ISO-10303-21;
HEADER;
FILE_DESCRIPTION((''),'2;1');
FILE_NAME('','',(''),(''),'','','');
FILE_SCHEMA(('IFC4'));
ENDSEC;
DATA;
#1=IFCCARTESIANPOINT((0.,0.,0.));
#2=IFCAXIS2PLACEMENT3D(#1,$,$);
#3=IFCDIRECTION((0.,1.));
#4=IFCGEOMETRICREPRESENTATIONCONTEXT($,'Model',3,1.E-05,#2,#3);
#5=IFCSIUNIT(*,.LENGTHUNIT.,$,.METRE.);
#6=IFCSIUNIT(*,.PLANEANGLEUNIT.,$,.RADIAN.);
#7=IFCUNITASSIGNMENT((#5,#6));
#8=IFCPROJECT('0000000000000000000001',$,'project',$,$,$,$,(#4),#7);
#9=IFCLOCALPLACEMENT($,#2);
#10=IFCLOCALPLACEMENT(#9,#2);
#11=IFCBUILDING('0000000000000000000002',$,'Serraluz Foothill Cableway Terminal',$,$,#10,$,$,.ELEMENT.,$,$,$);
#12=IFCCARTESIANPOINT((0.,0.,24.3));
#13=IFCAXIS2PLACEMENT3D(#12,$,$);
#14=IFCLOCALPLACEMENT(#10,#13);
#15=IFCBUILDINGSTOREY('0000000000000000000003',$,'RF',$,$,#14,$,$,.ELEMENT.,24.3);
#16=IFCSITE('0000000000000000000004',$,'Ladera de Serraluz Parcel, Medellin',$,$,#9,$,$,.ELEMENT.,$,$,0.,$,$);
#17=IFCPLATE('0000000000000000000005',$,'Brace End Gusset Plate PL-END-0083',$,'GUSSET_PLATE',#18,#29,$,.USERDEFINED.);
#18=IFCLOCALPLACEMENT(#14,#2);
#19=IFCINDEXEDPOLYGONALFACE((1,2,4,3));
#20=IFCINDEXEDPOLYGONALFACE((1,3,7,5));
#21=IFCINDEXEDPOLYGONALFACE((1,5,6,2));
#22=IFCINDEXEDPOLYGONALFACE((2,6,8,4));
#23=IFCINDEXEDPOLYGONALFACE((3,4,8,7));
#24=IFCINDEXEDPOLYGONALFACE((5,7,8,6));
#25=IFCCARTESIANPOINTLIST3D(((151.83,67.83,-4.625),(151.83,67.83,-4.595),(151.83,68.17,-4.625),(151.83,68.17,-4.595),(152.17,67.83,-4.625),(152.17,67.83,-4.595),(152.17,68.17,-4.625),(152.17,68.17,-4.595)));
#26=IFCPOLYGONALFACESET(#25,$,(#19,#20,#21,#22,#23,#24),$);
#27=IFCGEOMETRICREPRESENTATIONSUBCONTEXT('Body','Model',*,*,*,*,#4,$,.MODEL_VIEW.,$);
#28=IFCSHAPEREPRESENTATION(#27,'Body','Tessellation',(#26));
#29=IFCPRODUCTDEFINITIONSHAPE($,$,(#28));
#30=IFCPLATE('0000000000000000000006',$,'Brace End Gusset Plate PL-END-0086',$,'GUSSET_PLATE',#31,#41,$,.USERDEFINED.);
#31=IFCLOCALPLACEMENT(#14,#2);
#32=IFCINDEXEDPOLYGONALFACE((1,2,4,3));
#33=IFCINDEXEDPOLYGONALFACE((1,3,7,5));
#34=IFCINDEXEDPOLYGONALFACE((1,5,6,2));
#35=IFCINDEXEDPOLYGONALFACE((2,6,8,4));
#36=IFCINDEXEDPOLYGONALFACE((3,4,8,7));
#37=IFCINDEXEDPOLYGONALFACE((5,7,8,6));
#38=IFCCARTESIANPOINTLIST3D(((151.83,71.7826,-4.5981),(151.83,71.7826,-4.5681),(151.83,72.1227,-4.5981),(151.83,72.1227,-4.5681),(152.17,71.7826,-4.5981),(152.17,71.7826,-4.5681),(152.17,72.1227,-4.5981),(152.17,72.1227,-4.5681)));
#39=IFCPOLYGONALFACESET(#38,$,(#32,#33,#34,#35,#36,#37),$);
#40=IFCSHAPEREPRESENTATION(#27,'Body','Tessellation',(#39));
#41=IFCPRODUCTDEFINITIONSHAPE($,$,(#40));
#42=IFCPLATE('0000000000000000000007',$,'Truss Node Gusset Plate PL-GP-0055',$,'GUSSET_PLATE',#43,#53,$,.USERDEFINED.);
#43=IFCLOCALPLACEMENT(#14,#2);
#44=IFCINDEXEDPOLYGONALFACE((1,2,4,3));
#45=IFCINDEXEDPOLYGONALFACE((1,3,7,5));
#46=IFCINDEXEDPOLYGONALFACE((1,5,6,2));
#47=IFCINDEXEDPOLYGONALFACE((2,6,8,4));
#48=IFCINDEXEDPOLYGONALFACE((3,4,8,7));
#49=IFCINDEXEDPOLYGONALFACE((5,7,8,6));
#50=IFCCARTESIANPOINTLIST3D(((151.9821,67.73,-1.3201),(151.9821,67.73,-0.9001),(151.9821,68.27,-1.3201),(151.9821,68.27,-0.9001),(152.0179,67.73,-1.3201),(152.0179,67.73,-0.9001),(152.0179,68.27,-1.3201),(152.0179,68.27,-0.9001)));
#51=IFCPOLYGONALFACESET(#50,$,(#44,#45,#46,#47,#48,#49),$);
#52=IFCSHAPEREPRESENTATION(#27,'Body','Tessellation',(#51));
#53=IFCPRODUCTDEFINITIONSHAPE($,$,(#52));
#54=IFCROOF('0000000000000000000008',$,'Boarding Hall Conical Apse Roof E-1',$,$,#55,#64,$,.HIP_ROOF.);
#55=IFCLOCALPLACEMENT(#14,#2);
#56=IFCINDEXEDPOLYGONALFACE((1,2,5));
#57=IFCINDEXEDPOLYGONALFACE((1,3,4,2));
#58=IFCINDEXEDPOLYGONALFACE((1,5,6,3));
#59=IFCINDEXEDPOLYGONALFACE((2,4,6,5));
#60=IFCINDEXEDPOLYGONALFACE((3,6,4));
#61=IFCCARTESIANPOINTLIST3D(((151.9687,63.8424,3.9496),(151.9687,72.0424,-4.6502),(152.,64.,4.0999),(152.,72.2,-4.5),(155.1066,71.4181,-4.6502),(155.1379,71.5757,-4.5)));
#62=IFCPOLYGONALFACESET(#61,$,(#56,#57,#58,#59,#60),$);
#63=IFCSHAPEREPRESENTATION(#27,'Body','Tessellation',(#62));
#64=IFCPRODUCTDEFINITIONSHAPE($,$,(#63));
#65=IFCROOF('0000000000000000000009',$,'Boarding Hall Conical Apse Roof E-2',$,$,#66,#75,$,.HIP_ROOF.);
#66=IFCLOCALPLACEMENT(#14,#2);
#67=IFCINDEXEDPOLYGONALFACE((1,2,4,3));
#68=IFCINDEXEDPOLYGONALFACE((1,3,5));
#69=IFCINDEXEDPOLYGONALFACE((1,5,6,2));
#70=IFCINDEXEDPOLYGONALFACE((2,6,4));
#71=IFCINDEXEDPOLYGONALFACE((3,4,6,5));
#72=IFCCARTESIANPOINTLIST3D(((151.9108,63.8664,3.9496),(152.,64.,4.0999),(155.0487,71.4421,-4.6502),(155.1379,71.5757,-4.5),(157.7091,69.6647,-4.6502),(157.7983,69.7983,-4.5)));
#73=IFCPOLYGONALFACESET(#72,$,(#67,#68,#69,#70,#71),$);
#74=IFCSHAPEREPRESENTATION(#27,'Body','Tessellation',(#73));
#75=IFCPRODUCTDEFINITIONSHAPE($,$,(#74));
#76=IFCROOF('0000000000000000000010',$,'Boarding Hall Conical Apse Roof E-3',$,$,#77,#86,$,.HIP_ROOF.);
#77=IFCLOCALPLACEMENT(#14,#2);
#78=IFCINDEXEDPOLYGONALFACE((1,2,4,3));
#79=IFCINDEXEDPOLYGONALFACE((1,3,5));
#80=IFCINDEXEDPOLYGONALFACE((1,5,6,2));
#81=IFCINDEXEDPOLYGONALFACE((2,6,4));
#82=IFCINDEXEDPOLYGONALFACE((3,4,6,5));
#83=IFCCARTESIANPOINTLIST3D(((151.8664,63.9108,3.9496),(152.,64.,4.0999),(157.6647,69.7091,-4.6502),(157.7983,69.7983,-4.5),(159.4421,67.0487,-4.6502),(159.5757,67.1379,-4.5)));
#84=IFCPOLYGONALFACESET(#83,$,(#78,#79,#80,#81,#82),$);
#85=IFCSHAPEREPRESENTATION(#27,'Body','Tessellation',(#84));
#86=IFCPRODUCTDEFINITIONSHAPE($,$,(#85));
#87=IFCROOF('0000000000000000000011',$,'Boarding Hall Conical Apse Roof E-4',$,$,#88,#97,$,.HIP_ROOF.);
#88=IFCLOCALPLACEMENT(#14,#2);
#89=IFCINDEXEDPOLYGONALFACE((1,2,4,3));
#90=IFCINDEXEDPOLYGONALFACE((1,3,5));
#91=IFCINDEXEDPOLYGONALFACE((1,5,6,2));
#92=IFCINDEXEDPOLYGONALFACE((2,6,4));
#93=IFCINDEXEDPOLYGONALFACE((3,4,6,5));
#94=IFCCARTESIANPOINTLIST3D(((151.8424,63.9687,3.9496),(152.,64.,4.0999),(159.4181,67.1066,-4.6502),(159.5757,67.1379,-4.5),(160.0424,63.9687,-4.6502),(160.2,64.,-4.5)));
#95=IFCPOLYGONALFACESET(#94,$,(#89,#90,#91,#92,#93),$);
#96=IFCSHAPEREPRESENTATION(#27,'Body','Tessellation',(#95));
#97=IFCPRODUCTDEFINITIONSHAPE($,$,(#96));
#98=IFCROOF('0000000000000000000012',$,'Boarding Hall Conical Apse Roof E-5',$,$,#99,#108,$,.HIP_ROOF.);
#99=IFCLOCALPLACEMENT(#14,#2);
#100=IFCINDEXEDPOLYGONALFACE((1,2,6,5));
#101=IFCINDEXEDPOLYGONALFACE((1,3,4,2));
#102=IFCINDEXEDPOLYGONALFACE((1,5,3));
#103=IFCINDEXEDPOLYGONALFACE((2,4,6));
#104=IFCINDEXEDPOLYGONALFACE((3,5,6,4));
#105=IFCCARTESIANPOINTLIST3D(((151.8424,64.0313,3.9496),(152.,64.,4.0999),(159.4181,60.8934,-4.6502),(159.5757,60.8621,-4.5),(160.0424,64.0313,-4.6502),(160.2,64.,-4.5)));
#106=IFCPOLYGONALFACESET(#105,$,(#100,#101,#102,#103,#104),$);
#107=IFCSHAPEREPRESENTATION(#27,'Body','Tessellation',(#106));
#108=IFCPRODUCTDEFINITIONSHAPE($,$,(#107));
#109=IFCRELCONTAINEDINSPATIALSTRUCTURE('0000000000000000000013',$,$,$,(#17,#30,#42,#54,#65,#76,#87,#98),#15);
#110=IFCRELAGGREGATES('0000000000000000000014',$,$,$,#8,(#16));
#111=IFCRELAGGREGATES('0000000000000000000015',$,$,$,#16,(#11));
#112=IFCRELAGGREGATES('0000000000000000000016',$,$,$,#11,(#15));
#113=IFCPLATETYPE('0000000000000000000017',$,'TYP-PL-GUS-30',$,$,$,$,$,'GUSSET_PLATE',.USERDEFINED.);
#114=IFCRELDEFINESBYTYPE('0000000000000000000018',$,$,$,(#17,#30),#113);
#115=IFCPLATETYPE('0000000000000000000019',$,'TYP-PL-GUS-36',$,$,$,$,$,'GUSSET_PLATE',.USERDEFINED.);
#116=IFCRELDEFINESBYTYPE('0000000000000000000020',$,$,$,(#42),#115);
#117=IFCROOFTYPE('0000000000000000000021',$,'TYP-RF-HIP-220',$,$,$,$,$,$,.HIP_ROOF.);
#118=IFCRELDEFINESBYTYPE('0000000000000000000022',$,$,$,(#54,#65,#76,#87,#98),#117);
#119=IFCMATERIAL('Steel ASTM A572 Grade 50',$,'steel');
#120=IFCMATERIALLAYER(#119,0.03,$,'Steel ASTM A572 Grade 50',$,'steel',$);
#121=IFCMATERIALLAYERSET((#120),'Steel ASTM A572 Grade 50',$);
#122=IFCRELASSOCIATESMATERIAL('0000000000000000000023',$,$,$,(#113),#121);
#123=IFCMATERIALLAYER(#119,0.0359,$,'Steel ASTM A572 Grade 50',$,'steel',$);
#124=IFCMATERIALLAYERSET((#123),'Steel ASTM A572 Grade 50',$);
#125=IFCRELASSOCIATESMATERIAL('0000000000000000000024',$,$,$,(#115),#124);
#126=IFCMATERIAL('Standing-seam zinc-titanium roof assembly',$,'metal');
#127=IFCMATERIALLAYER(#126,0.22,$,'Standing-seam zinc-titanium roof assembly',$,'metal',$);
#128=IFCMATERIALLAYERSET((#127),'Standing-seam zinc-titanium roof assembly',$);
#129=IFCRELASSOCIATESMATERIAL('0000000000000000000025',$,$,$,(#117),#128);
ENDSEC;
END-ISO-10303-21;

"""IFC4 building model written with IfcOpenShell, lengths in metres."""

from ifc_helpers import new_model, si_unit, direction, frame, origin, origin_2d, place, context, subcontext, project, spatial, polyline, rectangle, outline, extrude, material, layer, layer_set, type_object, element, save


model = new_model("IFC4")

# Units and contexts
model_context = context("Model", 3, precision=1e-05, world=origin(), true_north=direction((0.0, 1.0)))
body_context = subcontext(model_context, "Body", "Model", "MODEL_VIEW")
ifc_project = project(units=[si_unit("LENGTHUNIT", "METRE"), si_unit("PLANEANGLEUNIT", "RADIAN")], contexts=[model_context])

# Site, building, storey
site_placement = place(None, origin())
site = spatial("IfcSite", under=ifc_project, at=site_placement, Name="Ladera de Serraluz Parcel, Medellin", CompositionType="ELEMENT", RefElevation=0.0)
building_placement = place(site_placement, origin())
building = spatial("IfcBuilding", under=site, at=building_placement, Name="Serraluz Foothill Cableway Terminal", CompositionType="ELEMENT")
storey_placement = place(building_placement, frame((0.0, 0.0, 24.3)))
storey = spatial("IfcBuildingStorey", under=building, at=storey_placement, Name="RF", CompositionType="ELEMENT", Elevation=24.3)

# Shared definitions
ifc_material_1 = material(Name="Steel ASTM A572 Grade 50", Category="steel")

# Plates
ifc_layer_1 = layer(ifc_material_1, 0.03, Name="Steel ASTM A572 Grade 50", Category="steel")
ifc_layer_set_1 = layer_set([ifc_layer_1], Name="Steel ASTM A572 Grade 50")
plate_type_1 = type_object("IfcPlateType", Name="TYP-PL-GUS-30", ElementType="GUSSET_PLATE", PredefinedType="USERDEFINED", material=ifc_layer_set_1)
for number, where, z_axis, x_axis, name in (
    (1, (152.0, 68.0, -4.625), (0.0, 0.0, 1.0), (1.0, 0.0, 0.0), "Brace End Gusset Plate PL-END-0083"),
    (2, (152.0, 71.9526, -4.5981), (0.0, 0.0, 1.0), (1.0, 0.0, 0.0), "Brace End Gusset Plate PL-END-0086"),
):
    element("IfcPlate", number, at=place(storey_placement, frame(where, z_axis=z_axis, x_axis=x_axis)), inside=storey, type_object=plate_type_1, Name=name, ObjectType="GUSSET_PLATE", PredefinedType="USERDEFINED", context=body_context, shape_type="SweptSolid", body=[
        extrude(rectangle(XDim=0.3401, YDim=0.3401, at=origin_2d()), origin(), (0.0, 0.0, 1.0), 0.03),
    ])
ifc_layer_2 = layer(ifc_material_1, 0.0359, Name="Steel ASTM A572 Grade 50", Category="steel")
ifc_layer_set_2 = layer_set([ifc_layer_2], Name="Steel ASTM A572 Grade 50")
plate_type_2 = type_object("IfcPlateType", Name="TYP-PL-GUS-36", ElementType="GUSSET_PLATE", PredefinedType="USERDEFINED", material=ifc_layer_set_2)
plate_1_placement = place(storey_placement, frame((152.0, 68.0, -1.3201), z_axis=(0.0, 0.0, 1.0), x_axis=(1.0, 0.0, 0.0)))
element("IfcPlate", 3, at=plate_1_placement, inside=storey, type_object=plate_type_2, Name="Truss Node Gusset Plate PL-GP-0055", ObjectType="GUSSET_PLATE", PredefinedType="USERDEFINED", context=body_context, shape_type="SweptSolid", body=[
    extrude(rectangle(XDim=0.0359, YDim=0.54, at=origin_2d()), origin(), (0.0, 0.0, 1.0), 0.4199),
])

# Roofs
ifc_material_2 = material(Name="Standing-seam zinc-titanium roof assembly", Category="metal")
ifc_layer_3 = layer(ifc_material_2, 0.22, Name="Standing-seam zinc-titanium roof assembly", Category="metal")
ifc_layer_set_3 = layer_set([ifc_layer_3], Name="Standing-seam zinc-titanium roof assembly")
roof_type = type_object("IfcRoofType", Name="TYP-RF-HIP-220", PredefinedType="HIP_ROOF", material=ifc_layer_set_3)
roof_1_placement = place(storey_placement, frame((152.0, 72.2, -4.5), z_axis=(0.142511, 0.716347, 0.683036), x_axis=(0.98078, -0.195118, 0.0)))
element("IfcRoof", 4, at=roof_1_placement, inside=storey, type_object=roof_type, Name="Boarding Hall Conical Apse Roof E-1", PredefinedType="HIP_ROOF", context=body_context, shape_type="SweptSolid", body=[
    extrude(outline(polyline([(0.0, 0.0), (3.1994, 0.0), (1.6, -11.7744), (0.0, 0.0)])), origin(), (0.0, 0.0, -1.0), 0.22),
])
roof_2_placement = place(storey_placement, frame((155.1379, 71.5757, -4.5), z_axis=(0.405735, 0.60732, 0.683039), x_axis=(0.83151, -0.55551, 0.0)))
element("IfcRoof", 5, at=roof_2_placement, inside=storey, type_object=roof_type, Name="Boarding Hall Conical Apse Roof E-2", PredefinedType="HIP_ROOF", context=body_context, shape_type="SweptSolid", body=[
    extrude(outline(polyline([(0.0, 0.0), (3.1995, 0.0), (1.5991, -11.7745), (0.0, 0.0)])), origin(), (0.0, 0.0, -1.0), 0.22),
])
roof_3_placement = place(storey_placement, frame((157.7983, 69.7983, -4.5), z_axis=(0.60732, 0.405735, 0.683039), x_axis=(0.55551, -0.83151, 0.0)))
element("IfcRoof", 6, at=roof_3_placement, inside=storey, type_object=roof_type, Name="Boarding Hall Conical Apse Roof E-3", PredefinedType="HIP_ROOF", context=body_context, shape_type="SweptSolid", body=[
    extrude(outline(polyline([(0.0, 0.0), (3.1995, 0.0), (1.6003, -11.7745), (0.0, 0.0)])), origin(), (0.0, 0.0, -1.0), 0.22),
])
roof_4_placement = place(storey_placement, frame((159.5757, 67.1379, -4.5), z_axis=(0.716347, 0.142511, 0.683036), x_axis=(0.195118, -0.98078, 0.0)))
element("IfcRoof", 7, at=roof_4_placement, inside=storey, type_object=roof_type, Name="Boarding Hall Conical Apse Roof E-4", PredefinedType="HIP_ROOF", context=body_context, shape_type="SweptSolid", body=[
    extrude(outline(polyline([(0.0, 0.0), (3.1994, 0.0), (1.5995, -11.7744), (0.0, 0.0)])), origin(), (0.0, 0.0, -1.0), 0.22),
])
roof_5_placement = place(storey_placement, frame((160.2, 64.0, -4.5), z_axis=(0.716347, -0.142511, 0.683036), x_axis=(-0.195118, -0.98078, 0.0)))
element("IfcRoof", 8, at=roof_5_placement, inside=storey, type_object=roof_type, Name="Boarding Hall Conical Apse Roof E-5", PredefinedType="HIP_ROOF", context=body_context, shape_type="SweptSolid", body=[
    extrude(outline(polyline([(0.0, 0.0), (3.1994, 0.0), (1.6, -11.7744), (0.0, 0.0)])), origin(), (0.0, 0.0, -1.0), 0.22),
])

save(model, "model.ifc")
